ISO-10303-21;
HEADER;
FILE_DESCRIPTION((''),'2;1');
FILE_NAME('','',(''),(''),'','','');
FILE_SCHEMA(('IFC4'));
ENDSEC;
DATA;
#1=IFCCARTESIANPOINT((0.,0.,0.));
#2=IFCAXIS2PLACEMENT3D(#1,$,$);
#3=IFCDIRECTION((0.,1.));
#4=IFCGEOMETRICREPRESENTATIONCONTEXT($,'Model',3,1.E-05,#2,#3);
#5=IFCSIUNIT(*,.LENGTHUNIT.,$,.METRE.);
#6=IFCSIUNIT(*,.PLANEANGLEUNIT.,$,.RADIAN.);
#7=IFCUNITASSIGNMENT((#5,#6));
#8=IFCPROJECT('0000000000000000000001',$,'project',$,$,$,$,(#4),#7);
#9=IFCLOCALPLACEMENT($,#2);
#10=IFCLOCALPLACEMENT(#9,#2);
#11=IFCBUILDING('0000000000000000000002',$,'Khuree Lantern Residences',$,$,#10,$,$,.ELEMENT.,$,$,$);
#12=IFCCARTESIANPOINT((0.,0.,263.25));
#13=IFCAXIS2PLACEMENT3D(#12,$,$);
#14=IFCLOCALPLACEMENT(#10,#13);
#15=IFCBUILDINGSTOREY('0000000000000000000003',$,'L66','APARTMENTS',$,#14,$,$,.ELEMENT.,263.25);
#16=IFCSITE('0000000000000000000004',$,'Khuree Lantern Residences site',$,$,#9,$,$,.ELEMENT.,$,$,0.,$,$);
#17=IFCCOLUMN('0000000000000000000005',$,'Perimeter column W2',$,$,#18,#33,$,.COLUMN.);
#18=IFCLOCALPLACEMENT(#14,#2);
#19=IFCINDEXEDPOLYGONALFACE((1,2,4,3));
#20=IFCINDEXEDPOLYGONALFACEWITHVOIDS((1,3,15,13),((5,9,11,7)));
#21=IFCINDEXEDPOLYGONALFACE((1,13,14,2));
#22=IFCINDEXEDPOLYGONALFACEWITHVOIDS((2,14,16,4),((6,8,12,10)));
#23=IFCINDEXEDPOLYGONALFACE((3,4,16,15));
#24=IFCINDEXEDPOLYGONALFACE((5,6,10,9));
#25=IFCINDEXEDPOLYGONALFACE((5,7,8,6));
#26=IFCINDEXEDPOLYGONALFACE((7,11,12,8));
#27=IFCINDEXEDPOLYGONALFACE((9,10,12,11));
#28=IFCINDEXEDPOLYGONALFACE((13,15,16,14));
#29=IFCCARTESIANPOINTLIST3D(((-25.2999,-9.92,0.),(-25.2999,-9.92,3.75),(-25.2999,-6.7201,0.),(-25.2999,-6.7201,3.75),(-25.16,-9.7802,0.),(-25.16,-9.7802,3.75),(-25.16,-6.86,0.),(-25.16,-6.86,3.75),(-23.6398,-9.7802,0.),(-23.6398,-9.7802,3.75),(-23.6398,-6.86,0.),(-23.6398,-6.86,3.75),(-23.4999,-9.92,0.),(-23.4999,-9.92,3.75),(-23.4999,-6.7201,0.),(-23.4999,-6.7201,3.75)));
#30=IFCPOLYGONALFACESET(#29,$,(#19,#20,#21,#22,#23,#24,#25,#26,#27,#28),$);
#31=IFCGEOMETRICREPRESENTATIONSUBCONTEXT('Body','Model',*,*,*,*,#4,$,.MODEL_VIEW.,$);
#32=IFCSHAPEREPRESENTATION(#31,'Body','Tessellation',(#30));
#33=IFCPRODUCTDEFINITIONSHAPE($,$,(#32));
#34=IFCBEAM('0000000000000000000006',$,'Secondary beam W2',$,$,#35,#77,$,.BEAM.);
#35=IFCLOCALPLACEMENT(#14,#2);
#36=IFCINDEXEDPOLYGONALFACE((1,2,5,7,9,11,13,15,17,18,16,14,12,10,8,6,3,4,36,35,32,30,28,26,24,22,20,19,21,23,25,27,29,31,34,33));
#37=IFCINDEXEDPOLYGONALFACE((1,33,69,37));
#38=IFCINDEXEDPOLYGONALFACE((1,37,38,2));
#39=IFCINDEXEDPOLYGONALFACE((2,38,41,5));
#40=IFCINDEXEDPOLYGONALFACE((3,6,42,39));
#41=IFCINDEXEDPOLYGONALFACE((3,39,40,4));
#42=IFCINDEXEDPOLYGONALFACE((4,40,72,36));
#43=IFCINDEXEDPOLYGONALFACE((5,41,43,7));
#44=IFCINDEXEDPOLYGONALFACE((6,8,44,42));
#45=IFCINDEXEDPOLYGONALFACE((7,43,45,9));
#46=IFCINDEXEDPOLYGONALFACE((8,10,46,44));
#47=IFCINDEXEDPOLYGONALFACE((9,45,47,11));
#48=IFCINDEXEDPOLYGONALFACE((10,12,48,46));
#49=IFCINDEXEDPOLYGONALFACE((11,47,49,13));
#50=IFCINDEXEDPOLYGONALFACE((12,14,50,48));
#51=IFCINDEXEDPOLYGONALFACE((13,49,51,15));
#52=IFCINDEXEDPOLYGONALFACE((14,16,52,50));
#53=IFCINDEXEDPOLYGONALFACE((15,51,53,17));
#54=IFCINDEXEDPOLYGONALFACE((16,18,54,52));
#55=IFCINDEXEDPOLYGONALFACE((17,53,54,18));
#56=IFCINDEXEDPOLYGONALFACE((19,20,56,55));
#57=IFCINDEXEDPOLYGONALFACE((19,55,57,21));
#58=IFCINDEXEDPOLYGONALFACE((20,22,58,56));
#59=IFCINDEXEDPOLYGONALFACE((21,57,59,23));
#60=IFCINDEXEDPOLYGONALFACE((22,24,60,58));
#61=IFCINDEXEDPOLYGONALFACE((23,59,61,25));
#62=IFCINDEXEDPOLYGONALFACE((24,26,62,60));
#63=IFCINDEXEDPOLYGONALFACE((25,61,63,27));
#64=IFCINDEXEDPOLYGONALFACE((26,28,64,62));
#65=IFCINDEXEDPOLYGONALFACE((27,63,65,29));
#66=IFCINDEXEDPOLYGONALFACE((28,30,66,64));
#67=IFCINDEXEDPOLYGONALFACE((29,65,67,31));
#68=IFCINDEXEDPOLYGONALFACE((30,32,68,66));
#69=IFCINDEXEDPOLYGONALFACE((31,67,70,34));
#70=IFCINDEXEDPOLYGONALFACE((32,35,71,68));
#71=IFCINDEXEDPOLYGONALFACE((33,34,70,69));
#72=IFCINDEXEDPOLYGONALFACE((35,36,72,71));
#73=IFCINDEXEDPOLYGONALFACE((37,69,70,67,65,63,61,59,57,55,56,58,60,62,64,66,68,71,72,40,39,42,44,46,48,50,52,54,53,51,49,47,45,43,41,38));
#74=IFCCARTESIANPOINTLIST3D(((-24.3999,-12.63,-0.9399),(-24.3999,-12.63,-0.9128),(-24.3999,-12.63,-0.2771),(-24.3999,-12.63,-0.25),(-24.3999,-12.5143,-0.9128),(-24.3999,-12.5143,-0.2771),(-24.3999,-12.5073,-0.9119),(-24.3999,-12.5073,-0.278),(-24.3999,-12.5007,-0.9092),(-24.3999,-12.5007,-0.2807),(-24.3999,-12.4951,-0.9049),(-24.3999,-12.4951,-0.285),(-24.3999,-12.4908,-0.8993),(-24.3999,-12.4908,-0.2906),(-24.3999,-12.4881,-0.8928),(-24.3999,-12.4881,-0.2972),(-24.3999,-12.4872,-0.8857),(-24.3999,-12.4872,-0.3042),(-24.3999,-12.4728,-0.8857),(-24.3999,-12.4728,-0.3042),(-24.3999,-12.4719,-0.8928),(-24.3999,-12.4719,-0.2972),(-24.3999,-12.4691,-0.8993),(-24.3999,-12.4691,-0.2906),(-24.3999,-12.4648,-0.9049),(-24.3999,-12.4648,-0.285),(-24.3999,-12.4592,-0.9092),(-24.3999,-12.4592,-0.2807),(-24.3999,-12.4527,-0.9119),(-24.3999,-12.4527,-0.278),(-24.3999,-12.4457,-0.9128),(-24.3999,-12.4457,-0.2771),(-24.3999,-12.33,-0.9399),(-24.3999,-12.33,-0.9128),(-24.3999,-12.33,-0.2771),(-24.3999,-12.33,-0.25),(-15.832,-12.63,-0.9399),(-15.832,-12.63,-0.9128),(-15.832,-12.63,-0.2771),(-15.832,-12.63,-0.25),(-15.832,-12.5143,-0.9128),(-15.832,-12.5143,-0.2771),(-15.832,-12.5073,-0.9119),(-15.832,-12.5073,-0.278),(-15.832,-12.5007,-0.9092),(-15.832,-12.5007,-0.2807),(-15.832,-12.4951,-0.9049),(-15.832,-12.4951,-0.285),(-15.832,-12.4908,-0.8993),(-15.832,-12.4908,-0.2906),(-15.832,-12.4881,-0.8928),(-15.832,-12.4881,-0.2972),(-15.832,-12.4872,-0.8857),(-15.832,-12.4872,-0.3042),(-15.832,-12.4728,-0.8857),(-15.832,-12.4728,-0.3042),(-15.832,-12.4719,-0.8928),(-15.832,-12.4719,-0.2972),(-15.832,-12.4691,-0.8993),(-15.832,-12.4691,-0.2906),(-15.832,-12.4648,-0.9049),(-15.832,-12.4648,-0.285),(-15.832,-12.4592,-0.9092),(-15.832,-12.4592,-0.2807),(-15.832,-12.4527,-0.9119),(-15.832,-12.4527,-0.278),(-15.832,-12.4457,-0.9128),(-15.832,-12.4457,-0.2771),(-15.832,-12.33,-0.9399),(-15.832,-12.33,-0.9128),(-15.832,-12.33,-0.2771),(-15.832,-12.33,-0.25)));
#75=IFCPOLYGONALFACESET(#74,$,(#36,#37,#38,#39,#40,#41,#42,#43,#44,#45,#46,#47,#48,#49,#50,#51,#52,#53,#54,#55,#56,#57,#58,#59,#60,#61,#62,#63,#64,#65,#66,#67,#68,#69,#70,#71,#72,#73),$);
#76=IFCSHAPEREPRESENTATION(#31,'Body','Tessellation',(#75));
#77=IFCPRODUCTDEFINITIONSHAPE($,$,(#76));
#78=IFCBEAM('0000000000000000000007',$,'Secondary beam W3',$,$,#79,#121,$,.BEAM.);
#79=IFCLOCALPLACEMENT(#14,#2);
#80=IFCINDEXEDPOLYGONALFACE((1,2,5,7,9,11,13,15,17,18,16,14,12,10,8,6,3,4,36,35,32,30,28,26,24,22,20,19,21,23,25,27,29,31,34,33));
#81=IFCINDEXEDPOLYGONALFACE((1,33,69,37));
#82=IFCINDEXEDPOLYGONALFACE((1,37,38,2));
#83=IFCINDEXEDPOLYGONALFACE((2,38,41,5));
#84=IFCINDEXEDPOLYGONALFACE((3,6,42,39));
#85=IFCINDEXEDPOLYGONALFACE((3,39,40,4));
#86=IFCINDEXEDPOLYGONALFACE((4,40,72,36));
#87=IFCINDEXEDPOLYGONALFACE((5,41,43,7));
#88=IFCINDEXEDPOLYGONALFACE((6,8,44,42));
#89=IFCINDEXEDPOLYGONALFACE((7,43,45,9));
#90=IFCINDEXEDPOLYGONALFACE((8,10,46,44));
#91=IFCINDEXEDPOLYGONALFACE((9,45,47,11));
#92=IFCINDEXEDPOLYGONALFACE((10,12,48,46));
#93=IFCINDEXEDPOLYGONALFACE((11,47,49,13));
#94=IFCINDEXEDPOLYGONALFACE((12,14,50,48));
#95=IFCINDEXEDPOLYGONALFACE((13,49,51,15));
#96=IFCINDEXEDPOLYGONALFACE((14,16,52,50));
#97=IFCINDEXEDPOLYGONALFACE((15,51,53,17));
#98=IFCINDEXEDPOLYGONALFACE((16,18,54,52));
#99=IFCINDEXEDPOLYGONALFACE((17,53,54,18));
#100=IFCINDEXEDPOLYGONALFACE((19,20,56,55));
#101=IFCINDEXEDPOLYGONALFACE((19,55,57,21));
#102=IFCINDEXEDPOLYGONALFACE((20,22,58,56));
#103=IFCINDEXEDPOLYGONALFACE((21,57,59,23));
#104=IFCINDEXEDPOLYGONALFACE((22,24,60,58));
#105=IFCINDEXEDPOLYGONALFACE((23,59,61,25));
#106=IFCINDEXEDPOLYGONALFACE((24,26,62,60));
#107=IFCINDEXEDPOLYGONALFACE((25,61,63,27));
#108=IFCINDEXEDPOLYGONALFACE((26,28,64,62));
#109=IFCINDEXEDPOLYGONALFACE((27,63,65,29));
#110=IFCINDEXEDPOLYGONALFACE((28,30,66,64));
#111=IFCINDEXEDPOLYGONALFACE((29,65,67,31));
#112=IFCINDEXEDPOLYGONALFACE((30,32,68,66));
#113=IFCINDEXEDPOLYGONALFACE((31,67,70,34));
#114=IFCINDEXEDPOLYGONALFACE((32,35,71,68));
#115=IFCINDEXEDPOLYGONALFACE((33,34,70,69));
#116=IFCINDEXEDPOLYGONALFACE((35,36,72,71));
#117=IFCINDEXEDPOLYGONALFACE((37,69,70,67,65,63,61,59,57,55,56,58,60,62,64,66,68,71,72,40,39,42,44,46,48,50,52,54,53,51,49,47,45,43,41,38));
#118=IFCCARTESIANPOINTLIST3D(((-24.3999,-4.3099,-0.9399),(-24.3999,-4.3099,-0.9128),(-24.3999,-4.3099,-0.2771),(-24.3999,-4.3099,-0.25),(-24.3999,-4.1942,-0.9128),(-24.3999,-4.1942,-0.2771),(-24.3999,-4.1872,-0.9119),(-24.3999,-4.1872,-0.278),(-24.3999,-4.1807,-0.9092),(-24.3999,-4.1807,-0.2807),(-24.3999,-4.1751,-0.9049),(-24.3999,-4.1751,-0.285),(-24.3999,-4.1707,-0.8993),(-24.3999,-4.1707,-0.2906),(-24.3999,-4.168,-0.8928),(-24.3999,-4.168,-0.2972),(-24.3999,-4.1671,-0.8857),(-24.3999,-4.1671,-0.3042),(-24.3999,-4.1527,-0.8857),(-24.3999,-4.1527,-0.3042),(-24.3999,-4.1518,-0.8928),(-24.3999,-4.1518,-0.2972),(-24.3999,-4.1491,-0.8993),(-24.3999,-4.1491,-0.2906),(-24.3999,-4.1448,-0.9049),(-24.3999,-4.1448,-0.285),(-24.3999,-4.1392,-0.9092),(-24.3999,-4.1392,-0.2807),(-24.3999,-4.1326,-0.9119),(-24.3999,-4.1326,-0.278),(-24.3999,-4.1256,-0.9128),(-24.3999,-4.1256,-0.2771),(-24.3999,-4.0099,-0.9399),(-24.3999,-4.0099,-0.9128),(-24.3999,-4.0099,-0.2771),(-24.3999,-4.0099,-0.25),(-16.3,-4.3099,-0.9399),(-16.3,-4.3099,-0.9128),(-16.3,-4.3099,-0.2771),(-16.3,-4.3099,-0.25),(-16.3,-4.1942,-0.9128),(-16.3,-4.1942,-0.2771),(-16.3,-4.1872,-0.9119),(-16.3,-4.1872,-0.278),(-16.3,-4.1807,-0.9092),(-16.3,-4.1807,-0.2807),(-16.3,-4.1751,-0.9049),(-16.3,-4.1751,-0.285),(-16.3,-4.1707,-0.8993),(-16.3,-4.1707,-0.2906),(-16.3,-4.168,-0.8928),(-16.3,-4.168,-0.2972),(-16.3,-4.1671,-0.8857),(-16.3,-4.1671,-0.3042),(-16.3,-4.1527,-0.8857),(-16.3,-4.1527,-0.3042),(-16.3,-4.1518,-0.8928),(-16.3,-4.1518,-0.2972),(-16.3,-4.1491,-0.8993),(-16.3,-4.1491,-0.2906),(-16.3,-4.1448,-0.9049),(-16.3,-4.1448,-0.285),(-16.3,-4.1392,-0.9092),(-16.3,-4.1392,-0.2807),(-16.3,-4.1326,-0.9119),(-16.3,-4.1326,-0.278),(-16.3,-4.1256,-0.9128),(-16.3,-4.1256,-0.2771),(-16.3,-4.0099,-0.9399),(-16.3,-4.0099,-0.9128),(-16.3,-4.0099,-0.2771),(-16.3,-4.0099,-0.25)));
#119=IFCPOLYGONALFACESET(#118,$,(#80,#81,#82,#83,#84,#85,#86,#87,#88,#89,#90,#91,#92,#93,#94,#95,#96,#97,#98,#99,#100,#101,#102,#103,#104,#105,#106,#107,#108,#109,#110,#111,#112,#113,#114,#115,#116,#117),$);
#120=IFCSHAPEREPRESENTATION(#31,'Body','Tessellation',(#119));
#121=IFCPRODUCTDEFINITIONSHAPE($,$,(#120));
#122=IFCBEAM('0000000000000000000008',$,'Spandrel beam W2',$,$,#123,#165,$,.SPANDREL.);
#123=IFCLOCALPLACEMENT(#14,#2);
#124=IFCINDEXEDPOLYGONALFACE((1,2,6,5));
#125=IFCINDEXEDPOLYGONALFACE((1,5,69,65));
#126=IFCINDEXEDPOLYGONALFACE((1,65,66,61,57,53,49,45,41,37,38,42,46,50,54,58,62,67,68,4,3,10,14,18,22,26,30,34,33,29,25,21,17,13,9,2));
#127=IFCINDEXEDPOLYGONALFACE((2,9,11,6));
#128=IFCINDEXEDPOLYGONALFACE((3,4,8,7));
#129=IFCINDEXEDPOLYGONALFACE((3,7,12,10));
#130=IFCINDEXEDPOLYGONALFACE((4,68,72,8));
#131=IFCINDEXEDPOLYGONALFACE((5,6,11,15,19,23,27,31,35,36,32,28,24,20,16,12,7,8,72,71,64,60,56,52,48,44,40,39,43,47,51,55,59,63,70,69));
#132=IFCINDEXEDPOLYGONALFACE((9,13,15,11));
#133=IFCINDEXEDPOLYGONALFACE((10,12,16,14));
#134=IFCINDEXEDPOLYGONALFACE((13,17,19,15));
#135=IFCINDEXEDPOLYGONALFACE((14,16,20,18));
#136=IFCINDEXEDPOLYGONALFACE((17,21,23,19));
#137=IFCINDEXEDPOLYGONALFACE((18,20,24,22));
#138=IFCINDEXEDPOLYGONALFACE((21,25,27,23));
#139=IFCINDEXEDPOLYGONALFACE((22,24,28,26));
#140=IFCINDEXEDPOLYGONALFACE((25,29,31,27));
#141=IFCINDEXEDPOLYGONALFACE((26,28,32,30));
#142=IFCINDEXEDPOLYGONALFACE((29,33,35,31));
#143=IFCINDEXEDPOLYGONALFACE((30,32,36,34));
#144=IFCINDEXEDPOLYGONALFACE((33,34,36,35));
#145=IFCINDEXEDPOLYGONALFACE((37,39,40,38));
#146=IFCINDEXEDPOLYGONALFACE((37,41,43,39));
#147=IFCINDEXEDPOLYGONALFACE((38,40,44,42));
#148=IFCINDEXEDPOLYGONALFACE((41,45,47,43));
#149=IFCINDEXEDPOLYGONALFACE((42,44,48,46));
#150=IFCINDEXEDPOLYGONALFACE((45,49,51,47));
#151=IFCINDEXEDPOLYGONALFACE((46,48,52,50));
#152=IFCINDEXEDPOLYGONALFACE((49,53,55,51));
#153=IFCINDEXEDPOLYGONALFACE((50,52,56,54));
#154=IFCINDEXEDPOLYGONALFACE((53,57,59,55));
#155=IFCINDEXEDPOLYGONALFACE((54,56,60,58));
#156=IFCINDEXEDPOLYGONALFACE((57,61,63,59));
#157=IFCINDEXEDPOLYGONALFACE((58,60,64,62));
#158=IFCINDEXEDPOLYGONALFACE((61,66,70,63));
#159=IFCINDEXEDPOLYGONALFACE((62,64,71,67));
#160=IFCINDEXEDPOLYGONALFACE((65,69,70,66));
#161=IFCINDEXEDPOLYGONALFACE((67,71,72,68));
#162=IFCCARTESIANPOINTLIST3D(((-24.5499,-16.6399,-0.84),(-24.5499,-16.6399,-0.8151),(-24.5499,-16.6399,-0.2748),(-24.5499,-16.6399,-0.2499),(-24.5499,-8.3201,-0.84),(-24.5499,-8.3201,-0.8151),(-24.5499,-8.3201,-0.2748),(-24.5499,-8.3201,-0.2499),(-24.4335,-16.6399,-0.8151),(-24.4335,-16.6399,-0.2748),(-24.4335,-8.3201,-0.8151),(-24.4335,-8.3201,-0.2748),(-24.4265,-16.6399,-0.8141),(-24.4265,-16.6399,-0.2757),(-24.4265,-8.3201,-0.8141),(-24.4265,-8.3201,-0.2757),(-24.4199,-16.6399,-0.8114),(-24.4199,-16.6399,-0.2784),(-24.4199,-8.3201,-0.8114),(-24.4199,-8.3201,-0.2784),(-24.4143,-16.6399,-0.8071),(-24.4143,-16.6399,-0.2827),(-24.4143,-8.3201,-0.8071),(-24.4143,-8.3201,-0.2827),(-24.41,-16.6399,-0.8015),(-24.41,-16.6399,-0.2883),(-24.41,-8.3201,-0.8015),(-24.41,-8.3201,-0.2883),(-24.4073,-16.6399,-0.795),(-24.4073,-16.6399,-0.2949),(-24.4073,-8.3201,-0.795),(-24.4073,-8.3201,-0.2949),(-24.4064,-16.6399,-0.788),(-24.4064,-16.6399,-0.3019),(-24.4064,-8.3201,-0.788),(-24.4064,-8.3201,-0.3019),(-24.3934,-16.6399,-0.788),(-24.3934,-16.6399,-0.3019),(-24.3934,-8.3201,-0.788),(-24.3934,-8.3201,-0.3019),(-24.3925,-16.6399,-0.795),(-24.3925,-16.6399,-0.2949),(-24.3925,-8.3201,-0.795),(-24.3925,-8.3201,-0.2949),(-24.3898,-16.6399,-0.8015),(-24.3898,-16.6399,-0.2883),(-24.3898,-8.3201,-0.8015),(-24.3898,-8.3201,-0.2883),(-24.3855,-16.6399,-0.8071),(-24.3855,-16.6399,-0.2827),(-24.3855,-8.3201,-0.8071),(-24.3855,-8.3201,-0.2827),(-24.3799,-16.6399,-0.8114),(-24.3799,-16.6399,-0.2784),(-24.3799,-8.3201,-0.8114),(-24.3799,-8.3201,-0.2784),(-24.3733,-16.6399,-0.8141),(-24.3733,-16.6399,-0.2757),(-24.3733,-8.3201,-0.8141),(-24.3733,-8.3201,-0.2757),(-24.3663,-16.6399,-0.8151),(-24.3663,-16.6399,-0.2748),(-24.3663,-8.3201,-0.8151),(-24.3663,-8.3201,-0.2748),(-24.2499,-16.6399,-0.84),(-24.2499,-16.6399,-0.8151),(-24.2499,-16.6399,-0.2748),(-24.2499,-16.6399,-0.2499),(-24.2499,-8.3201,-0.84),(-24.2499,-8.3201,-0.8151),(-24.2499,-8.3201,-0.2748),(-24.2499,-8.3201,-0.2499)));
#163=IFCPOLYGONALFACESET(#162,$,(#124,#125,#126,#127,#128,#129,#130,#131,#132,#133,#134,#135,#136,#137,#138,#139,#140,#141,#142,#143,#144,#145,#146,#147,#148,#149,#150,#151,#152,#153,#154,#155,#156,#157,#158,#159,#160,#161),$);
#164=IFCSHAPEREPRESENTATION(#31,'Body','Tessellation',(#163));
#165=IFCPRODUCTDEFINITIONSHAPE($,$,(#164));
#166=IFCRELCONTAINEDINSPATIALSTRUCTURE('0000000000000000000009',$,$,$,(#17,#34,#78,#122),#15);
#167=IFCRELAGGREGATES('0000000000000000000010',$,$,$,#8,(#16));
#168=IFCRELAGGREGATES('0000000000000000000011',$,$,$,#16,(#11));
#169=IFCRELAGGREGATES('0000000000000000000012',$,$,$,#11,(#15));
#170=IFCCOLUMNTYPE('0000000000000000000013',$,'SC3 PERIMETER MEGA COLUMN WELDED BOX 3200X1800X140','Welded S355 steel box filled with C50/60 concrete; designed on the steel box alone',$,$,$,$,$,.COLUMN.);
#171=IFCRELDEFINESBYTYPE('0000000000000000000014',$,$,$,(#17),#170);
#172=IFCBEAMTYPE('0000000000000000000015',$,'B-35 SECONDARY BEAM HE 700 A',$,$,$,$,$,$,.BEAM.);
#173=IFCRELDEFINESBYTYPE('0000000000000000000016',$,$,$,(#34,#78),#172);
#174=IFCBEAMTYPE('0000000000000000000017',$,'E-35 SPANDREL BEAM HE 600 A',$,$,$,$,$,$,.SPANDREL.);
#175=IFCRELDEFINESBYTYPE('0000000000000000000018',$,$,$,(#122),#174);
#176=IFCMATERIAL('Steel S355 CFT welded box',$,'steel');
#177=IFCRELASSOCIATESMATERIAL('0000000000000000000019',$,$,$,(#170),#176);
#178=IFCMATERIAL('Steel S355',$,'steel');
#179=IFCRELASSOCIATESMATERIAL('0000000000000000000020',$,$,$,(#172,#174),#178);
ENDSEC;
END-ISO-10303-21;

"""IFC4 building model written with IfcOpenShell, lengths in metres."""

from ifc_helpers import new_model, si_unit, direction, frame, origin, origin_2d, place, context, subcontext, project, spatial, hollow_rectangle, i_section, extrude, material, material_profile, profile_set, type_object, element, save


model = new_model("IFC4")

# Units and contexts
model_context = context("Model", 3, precision=1e-05, world=origin(), true_north=direction((0.0, 1.0)))
body_context = subcontext(model_context, "Body", "Model", "MODEL_VIEW")
ifc_project = project(units=[si_unit("LENGTHUNIT", "METRE"), si_unit("PLANEANGLEUNIT", "RADIAN")], contexts=[model_context])

# Site, building, storey
site_placement = place(None, origin())
site = spatial("IfcSite", under=ifc_project, at=site_placement, Name="Khuree Lantern Residences site", CompositionType="ELEMENT", RefElevation=0.0)
building_placement = place(site_placement, origin())
building = spatial("IfcBuilding", under=site, at=building_placement, Name="Khuree Lantern Residences", CompositionType="ELEMENT")
storey_placement = place(building_placement, frame((0.0, 0.0, 263.25)))
storey = spatial("IfcBuildingStorey", under=building, at=storey_placement, Name="L66", Description="APARTMENTS", CompositionType="ELEMENT", Elevation=263.25)

# Column
ifc_material_1 = material(Name="Steel S355 CFT welded box", Category="steel")
ifc_material_profile_1 = material_profile(ifc_material_1, hollow_rectangle(XDim=3.2, YDim=1.8, WallThickness=0.1399, at=origin_2d()), Name="WELDED BOX 3200X1800X140")
ifc_profile_set_1 = profile_set([ifc_material_profile_1], Name="Steel S355 CFT welded box")
column_type = type_object("IfcColumnType", Name="SC3 PERIMETER MEGA COLUMN WELDED BOX 3200X1800X140", Description="Welded S355 steel box filled with C50/60 concrete; designed on the steel box alone", PredefinedType="COLUMN", material=ifc_profile_set_1)
column_placement = place(storey_placement, frame((-24.3999, -8.3201, 0.0), z_axis=(0.0, 0.0, 1.0), x_axis=(0.0, 1.0, 0.0)))
element("IfcColumn", 1, at=column_placement, inside=storey, type_object=column_type, Name="Perimeter column W2", PredefinedType="COLUMN", context=body_context, shape_type="SweptSolid", body=[
    extrude(hollow_rectangle(XDim=3.2, YDim=1.8, WallThickness=0.1399, at=origin_2d()), origin(), (0.0, 0.0, 1.0), 3.75),
])

# Beams
ifc_material_2 = material(Name="Steel S355", Category="steel")
ifc_material_profile_2 = material_profile(ifc_material_2, i_section(OverallWidth=0.3, OverallDepth=0.6899, WebThickness=0.0144, FlangeThickness=0.0271, FilletRadius=0.0271, at=origin_2d()), Name="HE 700 A")
ifc_profile_set_2 = profile_set([ifc_material_profile_2], Name="Steel S355")
beam_type_1 = type_object("IfcBeamType", Name="B-35 SECONDARY BEAM HE 700 A", PredefinedType="BEAM", material=ifc_profile_set_2)
beam_1_placement = place(storey_placement, frame((-24.3999, -12.48, -0.595), z_axis=(1.0, 0.0, 0.0), x_axis=(0.0, 1.0, 0.0)))
element("IfcBeam", 2, at=beam_1_placement, inside=storey, type_object=beam_type_1, Name="Secondary beam W2", PredefinedType="BEAM", context=body_context, shape_type="SweptSolid", body=[
    extrude(i_section(OverallWidth=0.3, OverallDepth=0.6899, WebThickness=0.0144, FlangeThickness=0.0271, FilletRadius=0.0271, at=origin_2d()), origin(), (0.0, 0.0, 1.0), 8.5679),
])
beam_2_placement = place(storey_placement, frame((-24.3999, -4.1599, -0.595), z_axis=(1.0, 0.0, 0.0), x_axis=(0.0, 1.0, 0.0)))
element("IfcBeam", 3, at=beam_2_placement, inside=storey, type_object=beam_type_1, Name="Secondary beam W3", PredefinedType="BEAM", context=body_context, shape_type="SweptSolid", body=[
    extrude(i_section(OverallWidth=0.3, OverallDepth=0.6899, WebThickness=0.0144, FlangeThickness=0.0271, FilletRadius=0.0271, at=origin_2d()), origin(), (0.0, 0.0, 1.0), 8.0999),
])
ifc_material_profile_3 = material_profile(ifc_material_2, i_section(OverallWidth=0.3, OverallDepth=0.5901, WebThickness=0.0129, FlangeThickness=0.0249, FilletRadius=0.0271, at=origin_2d()), Name="HE 600 A")
ifc_profile_set_3 = profile_set([ifc_material_profile_3], Name="Steel S355")
beam_type_2 = type_object("IfcBeamType", Name="E-35 SPANDREL BEAM HE 600 A", PredefinedType="SPANDREL", material=ifc_profile_set_3)
beam_3_placement = place(storey_placement, frame((-24.3999, -16.6399, -0.5449), z_axis=(0.0, 1.0, 0.0), x_axis=(-1.0, 0.0, 0.0)))
element("IfcBeam", 4, at=beam_3_placement, inside=storey, type_object=beam_type_2, Name="Spandrel beam W2", PredefinedType="SPANDREL", context=body_context, shape_type="SweptSolid", body=[
    extrude(i_section(OverallWidth=0.3, OverallDepth=0.5901, WebThickness=0.0129, FlangeThickness=0.0249, FilletRadius=0.0271, at=origin_2d()), origin(), (0.0, 0.0, 1.0), 8.3198),
])

save(model, "model.ifc")
